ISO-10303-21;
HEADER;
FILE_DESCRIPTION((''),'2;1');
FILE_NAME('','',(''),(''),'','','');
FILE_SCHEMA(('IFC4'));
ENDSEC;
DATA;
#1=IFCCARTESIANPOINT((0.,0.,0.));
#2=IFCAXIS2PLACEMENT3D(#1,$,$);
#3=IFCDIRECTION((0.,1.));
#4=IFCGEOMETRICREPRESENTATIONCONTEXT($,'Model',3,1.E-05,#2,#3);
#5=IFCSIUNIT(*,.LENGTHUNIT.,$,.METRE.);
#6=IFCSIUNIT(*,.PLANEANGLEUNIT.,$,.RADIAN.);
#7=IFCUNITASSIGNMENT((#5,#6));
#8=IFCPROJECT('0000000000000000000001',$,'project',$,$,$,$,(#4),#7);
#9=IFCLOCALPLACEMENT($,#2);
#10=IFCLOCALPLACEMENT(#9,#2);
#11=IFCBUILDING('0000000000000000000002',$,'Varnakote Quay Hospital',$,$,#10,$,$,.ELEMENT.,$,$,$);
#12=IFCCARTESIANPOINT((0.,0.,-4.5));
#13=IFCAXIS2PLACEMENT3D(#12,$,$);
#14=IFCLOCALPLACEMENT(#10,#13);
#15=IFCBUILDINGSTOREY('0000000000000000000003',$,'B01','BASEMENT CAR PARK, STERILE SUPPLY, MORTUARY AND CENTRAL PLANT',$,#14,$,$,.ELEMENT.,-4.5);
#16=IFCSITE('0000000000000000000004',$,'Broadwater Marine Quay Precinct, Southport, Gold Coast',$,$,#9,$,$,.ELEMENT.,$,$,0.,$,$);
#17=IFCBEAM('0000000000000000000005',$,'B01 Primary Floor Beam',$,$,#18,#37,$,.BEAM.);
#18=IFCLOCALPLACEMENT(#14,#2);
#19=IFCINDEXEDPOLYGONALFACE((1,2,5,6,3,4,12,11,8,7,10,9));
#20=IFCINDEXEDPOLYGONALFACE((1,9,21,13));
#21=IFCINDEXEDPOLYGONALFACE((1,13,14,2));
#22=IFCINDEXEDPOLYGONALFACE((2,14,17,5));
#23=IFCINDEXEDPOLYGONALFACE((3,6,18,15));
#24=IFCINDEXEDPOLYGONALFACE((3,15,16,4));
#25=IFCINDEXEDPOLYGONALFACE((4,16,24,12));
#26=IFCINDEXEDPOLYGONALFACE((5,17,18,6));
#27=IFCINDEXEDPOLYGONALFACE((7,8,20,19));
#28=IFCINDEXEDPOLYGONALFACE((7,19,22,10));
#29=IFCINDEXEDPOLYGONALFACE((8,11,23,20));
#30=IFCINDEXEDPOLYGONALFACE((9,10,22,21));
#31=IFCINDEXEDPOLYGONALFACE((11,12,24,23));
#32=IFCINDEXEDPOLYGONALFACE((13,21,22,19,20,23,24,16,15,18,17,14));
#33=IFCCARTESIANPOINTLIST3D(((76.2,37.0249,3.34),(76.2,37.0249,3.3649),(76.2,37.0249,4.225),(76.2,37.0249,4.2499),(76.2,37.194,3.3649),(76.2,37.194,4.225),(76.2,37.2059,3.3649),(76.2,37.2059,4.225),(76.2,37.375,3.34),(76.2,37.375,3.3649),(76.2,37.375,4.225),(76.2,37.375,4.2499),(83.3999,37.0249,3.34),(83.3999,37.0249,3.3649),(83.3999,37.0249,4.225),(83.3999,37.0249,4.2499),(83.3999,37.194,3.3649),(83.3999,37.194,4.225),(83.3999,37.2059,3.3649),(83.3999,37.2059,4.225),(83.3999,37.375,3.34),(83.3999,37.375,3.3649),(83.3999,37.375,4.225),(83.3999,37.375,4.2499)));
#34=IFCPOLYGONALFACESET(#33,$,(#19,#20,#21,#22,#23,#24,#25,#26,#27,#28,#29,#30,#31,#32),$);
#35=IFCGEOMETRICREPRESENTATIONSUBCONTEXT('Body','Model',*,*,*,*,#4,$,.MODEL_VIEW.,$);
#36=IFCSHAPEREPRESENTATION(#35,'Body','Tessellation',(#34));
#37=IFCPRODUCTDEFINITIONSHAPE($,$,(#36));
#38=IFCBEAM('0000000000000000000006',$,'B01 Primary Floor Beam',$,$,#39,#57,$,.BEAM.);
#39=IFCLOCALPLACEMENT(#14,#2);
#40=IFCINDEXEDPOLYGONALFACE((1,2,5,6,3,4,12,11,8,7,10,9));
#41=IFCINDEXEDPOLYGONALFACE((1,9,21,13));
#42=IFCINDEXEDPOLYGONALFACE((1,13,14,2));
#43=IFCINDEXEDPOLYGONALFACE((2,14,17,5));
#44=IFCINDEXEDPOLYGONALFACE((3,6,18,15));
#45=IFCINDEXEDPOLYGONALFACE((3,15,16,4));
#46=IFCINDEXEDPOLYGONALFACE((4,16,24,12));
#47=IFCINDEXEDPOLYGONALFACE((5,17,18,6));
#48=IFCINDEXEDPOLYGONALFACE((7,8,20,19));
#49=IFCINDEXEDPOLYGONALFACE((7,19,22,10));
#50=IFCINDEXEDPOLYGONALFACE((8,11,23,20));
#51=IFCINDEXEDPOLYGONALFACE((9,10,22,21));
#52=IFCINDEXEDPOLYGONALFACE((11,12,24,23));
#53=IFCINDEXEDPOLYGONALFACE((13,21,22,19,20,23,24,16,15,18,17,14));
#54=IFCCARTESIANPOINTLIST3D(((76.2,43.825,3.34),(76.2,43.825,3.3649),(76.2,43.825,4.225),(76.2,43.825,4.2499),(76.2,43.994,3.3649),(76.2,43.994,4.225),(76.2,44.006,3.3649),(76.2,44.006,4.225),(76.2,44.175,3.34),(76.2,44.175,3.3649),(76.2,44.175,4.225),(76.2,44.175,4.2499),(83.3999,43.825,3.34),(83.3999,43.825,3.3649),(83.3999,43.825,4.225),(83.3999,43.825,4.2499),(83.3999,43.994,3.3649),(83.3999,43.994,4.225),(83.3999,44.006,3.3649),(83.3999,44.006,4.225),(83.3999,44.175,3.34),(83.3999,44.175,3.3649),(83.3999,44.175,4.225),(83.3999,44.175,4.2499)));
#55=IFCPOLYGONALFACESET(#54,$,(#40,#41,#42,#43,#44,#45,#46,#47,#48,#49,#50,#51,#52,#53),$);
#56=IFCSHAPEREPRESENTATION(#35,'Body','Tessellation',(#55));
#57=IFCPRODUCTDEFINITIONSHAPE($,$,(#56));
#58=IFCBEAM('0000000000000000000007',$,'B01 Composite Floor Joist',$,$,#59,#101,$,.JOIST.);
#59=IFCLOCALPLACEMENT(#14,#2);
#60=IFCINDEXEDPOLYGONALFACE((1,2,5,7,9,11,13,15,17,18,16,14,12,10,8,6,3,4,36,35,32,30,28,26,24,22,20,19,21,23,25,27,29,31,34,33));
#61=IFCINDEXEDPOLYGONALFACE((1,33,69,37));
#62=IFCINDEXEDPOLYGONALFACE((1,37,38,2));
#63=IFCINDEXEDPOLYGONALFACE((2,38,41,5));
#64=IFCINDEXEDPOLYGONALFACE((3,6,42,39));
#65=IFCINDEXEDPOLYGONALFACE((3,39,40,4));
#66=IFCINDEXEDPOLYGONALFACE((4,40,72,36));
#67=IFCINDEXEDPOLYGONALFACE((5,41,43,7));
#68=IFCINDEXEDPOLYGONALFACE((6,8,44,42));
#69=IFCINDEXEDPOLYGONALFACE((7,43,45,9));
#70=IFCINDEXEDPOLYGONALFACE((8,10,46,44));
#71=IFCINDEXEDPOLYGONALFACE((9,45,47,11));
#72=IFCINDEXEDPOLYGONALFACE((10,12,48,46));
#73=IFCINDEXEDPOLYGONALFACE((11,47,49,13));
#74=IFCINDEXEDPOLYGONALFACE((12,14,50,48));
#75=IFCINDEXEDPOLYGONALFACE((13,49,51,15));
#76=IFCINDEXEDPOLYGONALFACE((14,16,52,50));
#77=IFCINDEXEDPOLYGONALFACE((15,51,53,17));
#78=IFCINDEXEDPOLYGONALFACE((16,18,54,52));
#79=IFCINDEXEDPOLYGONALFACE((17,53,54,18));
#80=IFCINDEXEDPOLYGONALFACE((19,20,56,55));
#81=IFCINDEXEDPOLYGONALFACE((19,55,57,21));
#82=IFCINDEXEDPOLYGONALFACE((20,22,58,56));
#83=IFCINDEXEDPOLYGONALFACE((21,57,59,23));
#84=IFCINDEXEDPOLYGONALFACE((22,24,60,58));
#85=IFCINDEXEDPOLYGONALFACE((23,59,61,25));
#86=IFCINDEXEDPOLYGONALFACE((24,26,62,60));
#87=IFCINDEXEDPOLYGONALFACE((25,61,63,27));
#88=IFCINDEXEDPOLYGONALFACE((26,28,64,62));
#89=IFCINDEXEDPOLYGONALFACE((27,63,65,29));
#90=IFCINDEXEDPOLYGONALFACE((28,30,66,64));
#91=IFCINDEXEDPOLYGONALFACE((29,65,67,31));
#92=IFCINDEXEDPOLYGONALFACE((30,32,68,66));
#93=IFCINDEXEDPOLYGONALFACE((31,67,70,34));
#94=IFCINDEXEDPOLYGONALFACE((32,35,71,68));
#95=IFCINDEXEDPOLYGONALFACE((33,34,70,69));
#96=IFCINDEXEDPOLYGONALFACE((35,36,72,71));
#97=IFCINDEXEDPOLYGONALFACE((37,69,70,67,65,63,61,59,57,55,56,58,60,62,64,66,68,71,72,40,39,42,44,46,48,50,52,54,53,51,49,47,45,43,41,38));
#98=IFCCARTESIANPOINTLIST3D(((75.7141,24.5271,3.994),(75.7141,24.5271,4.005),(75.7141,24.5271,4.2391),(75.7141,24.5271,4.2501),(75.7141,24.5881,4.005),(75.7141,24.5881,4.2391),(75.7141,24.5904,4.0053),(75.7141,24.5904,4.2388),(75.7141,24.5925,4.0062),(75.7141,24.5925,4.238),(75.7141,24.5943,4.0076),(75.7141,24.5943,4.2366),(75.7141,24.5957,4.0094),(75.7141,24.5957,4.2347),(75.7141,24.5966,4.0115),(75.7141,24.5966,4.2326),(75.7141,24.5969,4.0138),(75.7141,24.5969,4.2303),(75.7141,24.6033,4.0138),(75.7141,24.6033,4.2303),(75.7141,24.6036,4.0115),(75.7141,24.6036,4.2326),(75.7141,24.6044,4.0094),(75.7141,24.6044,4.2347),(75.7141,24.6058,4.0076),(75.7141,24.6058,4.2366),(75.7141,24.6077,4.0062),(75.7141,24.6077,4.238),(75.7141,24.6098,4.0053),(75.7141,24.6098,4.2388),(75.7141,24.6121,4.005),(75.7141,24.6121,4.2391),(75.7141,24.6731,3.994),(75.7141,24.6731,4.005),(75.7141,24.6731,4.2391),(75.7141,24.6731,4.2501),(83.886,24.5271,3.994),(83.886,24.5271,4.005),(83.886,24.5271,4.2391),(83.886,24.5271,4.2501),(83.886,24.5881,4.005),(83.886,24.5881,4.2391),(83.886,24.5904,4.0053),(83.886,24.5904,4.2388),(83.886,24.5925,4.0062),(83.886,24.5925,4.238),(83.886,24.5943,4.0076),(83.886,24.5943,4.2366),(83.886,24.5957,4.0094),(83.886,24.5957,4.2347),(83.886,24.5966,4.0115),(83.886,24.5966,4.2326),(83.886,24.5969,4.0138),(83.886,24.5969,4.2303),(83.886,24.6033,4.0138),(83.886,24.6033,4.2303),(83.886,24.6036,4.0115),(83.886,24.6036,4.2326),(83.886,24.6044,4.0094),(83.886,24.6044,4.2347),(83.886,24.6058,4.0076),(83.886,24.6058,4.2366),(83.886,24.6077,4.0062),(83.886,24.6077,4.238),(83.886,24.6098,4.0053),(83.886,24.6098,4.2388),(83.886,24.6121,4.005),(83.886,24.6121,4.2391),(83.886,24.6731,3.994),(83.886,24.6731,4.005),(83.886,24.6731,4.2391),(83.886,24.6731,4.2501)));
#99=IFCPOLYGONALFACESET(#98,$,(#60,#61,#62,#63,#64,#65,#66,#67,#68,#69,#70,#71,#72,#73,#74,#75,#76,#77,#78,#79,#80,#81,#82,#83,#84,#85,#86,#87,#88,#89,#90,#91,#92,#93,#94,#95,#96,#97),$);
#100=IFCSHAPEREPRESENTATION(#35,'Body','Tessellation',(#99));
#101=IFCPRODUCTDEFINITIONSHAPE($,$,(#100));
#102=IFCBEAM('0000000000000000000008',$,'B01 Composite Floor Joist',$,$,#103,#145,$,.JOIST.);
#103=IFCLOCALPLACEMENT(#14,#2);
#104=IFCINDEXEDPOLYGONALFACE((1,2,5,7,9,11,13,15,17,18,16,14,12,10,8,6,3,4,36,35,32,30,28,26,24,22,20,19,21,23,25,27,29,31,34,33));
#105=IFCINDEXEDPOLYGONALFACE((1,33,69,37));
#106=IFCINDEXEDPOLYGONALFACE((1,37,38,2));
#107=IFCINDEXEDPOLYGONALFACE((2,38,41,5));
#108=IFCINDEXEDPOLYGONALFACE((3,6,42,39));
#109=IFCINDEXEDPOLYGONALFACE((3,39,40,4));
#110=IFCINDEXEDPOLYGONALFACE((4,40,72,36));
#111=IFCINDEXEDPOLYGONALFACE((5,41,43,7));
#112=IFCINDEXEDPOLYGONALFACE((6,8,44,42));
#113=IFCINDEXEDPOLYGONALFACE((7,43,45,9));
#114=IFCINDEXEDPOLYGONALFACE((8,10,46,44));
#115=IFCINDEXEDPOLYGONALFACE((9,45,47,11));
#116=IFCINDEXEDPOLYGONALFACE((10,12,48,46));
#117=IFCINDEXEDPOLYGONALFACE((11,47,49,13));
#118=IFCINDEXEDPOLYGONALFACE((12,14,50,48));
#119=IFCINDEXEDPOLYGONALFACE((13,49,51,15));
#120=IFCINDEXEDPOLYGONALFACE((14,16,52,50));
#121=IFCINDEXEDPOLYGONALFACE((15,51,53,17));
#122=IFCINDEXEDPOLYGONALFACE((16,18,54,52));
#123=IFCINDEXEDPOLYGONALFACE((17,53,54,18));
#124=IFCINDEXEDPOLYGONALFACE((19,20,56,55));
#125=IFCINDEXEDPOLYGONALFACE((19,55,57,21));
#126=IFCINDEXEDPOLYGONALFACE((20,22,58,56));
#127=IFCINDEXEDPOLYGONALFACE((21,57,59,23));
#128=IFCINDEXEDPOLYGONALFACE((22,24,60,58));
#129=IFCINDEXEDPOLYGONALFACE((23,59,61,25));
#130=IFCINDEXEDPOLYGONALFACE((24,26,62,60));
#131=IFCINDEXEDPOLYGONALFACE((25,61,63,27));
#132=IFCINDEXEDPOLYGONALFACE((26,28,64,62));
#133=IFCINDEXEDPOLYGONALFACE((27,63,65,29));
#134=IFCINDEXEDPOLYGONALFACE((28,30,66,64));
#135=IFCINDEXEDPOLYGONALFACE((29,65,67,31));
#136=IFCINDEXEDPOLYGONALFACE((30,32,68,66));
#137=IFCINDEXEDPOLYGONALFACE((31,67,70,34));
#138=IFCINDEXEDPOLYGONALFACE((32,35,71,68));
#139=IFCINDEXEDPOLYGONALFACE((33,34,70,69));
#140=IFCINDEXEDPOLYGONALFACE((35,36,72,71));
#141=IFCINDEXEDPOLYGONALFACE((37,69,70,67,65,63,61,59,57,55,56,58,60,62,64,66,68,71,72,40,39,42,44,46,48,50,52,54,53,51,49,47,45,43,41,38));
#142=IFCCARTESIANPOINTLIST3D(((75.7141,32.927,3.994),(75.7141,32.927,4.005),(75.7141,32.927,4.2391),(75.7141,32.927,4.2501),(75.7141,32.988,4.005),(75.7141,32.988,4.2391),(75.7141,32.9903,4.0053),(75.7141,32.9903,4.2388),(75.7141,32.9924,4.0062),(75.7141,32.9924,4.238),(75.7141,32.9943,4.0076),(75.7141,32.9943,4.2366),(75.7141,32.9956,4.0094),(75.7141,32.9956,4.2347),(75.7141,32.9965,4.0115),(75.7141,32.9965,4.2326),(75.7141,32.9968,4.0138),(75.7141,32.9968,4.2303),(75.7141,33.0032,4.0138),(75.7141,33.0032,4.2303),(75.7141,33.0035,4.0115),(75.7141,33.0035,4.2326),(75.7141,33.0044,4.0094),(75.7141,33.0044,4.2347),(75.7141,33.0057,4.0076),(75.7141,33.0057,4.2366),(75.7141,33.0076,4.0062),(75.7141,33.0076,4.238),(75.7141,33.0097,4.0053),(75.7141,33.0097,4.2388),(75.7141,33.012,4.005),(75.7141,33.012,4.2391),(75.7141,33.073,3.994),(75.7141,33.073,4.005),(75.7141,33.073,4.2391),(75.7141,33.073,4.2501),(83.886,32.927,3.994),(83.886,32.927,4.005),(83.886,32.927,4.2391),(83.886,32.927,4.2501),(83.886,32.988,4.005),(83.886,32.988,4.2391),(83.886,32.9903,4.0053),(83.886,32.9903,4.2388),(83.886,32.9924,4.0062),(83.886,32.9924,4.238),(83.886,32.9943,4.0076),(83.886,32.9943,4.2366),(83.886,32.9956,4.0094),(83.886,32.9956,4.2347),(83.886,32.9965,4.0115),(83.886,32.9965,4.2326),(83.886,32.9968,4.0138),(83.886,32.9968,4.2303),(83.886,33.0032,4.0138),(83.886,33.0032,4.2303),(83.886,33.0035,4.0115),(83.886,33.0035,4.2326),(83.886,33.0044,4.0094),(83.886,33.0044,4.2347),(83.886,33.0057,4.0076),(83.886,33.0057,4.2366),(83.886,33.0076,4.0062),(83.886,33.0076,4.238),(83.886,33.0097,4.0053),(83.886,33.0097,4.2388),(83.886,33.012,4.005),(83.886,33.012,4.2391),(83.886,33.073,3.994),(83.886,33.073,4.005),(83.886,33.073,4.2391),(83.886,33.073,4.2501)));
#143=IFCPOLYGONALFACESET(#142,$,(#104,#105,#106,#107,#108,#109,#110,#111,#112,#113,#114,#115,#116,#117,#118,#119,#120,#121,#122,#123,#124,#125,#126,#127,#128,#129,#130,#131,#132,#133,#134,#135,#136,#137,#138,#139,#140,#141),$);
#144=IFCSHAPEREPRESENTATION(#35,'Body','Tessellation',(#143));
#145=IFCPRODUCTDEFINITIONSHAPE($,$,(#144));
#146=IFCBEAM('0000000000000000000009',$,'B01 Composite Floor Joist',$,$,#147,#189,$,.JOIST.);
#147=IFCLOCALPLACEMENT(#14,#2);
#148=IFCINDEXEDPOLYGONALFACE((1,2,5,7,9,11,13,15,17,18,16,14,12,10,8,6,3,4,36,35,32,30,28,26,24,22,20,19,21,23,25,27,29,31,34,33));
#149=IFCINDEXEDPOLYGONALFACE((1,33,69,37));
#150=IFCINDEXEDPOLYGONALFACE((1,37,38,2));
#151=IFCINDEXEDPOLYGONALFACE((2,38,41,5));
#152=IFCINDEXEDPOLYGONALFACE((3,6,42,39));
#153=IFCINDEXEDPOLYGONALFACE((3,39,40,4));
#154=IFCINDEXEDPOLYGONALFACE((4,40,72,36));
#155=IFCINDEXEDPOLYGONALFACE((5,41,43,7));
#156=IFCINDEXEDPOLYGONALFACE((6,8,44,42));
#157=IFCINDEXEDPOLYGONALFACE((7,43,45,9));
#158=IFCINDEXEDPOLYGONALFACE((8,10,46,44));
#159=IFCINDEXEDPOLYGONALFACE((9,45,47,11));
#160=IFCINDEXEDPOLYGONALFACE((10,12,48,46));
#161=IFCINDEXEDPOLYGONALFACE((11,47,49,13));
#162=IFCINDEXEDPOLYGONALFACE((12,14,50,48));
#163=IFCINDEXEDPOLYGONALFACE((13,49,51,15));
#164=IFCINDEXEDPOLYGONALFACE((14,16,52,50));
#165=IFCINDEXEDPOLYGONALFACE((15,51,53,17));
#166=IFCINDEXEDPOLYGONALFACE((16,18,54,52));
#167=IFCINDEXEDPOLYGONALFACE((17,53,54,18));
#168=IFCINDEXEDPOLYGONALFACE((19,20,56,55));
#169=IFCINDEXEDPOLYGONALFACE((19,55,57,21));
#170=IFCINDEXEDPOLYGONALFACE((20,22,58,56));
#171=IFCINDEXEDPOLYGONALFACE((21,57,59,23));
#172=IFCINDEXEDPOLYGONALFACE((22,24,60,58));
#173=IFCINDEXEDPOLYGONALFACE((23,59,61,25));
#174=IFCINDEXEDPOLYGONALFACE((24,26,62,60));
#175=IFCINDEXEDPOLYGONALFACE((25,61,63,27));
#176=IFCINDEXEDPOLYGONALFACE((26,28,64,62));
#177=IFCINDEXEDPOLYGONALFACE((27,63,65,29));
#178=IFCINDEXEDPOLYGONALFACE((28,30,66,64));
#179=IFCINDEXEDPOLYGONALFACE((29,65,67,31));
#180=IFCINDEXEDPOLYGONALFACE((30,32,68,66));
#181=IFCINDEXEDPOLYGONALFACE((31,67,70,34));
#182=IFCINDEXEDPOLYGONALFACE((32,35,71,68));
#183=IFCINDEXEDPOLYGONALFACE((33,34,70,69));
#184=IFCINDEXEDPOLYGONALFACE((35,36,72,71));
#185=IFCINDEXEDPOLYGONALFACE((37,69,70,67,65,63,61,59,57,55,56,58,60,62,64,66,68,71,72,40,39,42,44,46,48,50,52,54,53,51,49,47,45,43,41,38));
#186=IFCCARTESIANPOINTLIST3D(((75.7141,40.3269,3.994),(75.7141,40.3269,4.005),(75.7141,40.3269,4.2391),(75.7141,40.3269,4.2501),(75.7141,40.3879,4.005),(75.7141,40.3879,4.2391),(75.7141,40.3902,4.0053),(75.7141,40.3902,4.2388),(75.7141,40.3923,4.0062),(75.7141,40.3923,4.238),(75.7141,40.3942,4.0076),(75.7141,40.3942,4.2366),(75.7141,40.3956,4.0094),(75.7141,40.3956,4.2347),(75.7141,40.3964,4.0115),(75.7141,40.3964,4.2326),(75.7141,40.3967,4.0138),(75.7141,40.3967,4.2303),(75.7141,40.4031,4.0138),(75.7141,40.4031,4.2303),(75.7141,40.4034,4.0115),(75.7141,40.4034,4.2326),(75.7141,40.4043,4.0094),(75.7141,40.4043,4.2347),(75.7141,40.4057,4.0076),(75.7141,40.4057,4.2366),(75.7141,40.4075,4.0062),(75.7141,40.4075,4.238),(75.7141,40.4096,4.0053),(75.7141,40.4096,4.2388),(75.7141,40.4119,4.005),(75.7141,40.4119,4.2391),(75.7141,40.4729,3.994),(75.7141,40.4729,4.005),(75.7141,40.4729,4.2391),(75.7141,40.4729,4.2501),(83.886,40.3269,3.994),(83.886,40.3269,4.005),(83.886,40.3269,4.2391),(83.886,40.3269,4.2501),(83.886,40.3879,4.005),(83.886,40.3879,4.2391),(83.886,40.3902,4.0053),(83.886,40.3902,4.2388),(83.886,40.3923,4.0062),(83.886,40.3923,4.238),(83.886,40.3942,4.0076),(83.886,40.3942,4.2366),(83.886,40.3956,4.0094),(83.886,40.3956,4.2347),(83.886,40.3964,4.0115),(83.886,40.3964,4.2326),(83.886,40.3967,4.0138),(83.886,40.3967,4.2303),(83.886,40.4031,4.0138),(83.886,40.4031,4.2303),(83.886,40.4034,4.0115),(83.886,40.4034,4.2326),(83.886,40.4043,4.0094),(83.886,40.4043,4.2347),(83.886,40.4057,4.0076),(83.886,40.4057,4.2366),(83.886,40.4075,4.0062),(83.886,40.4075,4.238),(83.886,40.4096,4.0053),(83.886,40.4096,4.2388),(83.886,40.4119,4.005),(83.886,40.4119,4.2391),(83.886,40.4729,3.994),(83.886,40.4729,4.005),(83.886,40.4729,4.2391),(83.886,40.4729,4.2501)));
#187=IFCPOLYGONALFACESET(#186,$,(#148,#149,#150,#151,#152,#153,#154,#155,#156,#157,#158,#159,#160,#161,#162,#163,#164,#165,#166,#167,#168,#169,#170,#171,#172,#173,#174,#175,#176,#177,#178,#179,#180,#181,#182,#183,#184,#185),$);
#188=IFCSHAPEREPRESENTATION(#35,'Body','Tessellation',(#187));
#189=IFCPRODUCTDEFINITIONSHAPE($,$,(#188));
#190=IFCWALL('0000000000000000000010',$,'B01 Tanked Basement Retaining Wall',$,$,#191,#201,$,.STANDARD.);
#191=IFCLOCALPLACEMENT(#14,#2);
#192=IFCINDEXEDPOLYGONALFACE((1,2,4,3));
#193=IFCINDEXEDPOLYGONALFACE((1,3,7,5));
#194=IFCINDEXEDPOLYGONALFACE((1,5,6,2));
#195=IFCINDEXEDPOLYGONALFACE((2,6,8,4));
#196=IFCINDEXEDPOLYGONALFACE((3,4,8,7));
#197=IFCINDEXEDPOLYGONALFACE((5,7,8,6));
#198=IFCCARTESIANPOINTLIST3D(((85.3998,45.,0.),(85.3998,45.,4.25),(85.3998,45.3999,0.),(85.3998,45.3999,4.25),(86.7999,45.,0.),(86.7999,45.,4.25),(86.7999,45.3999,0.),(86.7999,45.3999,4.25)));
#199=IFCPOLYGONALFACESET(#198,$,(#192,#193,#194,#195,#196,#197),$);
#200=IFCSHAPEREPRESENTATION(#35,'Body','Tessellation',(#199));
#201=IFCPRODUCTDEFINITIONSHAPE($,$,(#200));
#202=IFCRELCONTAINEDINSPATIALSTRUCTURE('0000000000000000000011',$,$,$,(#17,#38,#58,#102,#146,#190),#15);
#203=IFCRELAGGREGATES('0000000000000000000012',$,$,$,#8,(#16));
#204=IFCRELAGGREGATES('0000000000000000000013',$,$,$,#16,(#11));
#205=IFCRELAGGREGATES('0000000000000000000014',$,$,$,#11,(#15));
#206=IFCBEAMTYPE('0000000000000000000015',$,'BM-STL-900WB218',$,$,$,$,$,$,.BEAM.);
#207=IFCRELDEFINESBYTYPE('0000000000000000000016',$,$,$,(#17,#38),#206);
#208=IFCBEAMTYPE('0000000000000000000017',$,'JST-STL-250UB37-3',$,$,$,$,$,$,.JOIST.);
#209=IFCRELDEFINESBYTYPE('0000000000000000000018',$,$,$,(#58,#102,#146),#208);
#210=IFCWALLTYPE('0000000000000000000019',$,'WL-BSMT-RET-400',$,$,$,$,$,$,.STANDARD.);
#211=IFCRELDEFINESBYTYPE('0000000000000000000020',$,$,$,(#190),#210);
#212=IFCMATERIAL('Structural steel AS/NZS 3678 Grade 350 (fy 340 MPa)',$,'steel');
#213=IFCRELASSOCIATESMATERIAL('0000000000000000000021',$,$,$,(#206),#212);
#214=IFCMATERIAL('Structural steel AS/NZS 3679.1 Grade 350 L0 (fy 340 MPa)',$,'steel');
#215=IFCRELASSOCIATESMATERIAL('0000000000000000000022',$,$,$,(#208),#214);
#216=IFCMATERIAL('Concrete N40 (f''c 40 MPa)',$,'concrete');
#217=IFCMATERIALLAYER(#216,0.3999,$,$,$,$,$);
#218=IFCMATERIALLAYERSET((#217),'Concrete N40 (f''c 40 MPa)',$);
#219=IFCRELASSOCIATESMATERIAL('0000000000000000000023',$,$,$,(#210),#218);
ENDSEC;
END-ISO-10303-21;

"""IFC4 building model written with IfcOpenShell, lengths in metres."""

from ifc_helpers import new_model, si_unit, direction, frame, frame_2d, origin, origin_2d, place, context, subcontext, project, spatial, rectangle, i_section, extrude, material, layer, layer_set, material_profile, profile_set, type_object, element, save


model = new_model("IFC4")

# Units and contexts
model_context = context("Model", 3, precision=1e-05, world=origin(), true_north=direction((0.0, 1.0)))
body_context = subcontext(model_context, "Body", "Model", "MODEL_VIEW")
ifc_project = project(units=[si_unit("LENGTHUNIT", "METRE"), si_unit("PLANEANGLEUNIT", "RADIAN")], contexts=[model_context])

# Site, building, storey
site_placement = place(None, origin())
site = spatial("IfcSite", under=ifc_project, at=site_placement, Name="Broadwater Marine Quay Precinct, Southport, Gold Coast", CompositionType="ELEMENT", RefElevation=0.0)
building_placement = place(site_placement, origin())
building = spatial("IfcBuilding", under=site, at=building_placement, Name="Varnakote Quay Hospital", CompositionType="ELEMENT")
storey_placement = place(building_placement, frame((0.0, 0.0, -4.5)))
storey = spatial("IfcBuildingStorey", under=building, at=storey_placement, Name="B01", Description="BASEMENT CAR PARK, STERILE SUPPLY, MORTUARY AND CENTRAL PLANT", CompositionType="ELEMENT", Elevation=-4.5)

# Beams
ifc_material_1 = material(Name="Structural steel AS/NZS 3678 Grade 350 (fy 340 MPa)", Category="steel")
ifc_material_profile_1 = material_profile(ifc_material_1, i_section(OverallWidth=0.3501, OverallDepth=0.9099, WebThickness=0.012, FlangeThickness=0.0249, at=origin_2d()), Name="900WB218")
ifc_profile_set_1 = profile_set([ifc_material_profile_1], Name="Structural steel AS/NZS 3678 Grade 350 (fy 340 MPa)")
beam_type_1 = type_object("IfcBeamType", Name="BM-STL-900WB218", PredefinedType="BEAM", material=ifc_profile_set_1)
for number, where, z_axis, x_axis, name in (
    (1, (76.2, 37.2, 3.7949), (1.0, 0.0, 0.0), (0.0, 1.0, 0.0), "B01 Primary Floor Beam"),
    (2, (76.2, 44.0, 3.7949), (1.0, 0.0, 0.0), (0.0, 1.0, 0.0), "B01 Primary Floor Beam"),
):
    element("IfcBeam", number, at=place(storey_placement, frame(where, z_axis=z_axis, x_axis=x_axis)), inside=storey, type_object=beam_type_1, Name=name, PredefinedType="BEAM", context=body_context, shape_type="SweptSolid", body=[
        extrude(i_section(OverallWidth=0.3501, OverallDepth=0.9099, WebThickness=0.012, FlangeThickness=0.0249, at=origin_2d()), origin(), (0.0, 0.0, 1.0), 7.2),
    ])
ifc_material_2 = material(Name="Structural steel AS/NZS 3679.1 Grade 350 L0 (fy 340 MPa)", Category="steel")
ifc_material_profile_2 = material_profile(ifc_material_2, i_section(OverallWidth=0.146, OverallDepth=0.2561, WebThickness=0.0063, FlangeThickness=0.011, FilletRadius=0.0088, at=origin_2d()), Name="250UB37.3")
ifc_profile_set_2 = profile_set([ifc_material_profile_2], Name="Structural steel AS/NZS 3679.1 Grade 350 L0 (fy 340 MPa)")
beam_type_2 = type_object("IfcBeamType", Name="JST-STL-250UB37-3", PredefinedType="JOIST", material=ifc_profile_set_2)
for number, where, z_axis, x_axis, name in (
    (3, (75.7141, 24.6001, 4.1221), (1.0, 0.0, 0.0), (0.0, 1.0, 0.0), "B01 Composite Floor Joist"),
    (4, (75.7141, 33.0, 4.1221), (1.0, 0.0, 0.0), (0.0, 1.0, 0.0), "B01 Composite Floor Joist"),
    (5, (75.7141, 40.3999, 4.1221), (1.0, 0.0, 0.0), (0.0, 1.0, 0.0), "B01 Composite Floor Joist"),
):
    element("IfcBeam", number, at=place(storey_placement, frame(where, z_axis=z_axis, x_axis=x_axis)), inside=storey, type_object=beam_type_2, Name=name, PredefinedType="JOIST", context=body_context, shape_type="SweptSolid", body=[
        extrude(i_section(OverallWidth=0.146, OverallDepth=0.2561, WebThickness=0.0063, FlangeThickness=0.011, FilletRadius=0.0088, at=origin_2d()), origin(), (0.0, 0.0, 1.0), 8.1719),
    ])

# Wall
ifc_material_3 = material(Name="Concrete N40 (f'c 40 MPa)", Category="concrete")
ifc_layer = layer(ifc_material_3, 0.3999)
ifc_layer_set = layer_set([ifc_layer], Name="Concrete N40 (f'c 40 MPa)")
wall_type = type_object("IfcWallType", Name="WL-BSMT-RET-400", PredefinedType="STANDARD", material=ifc_layer_set)
for number, where, z_axis, x_axis, name in (
    (6, (86.8, 45.2, 0.0), (0.0, 0.0, 1.0), (-1.0, 0.0, 0.0), "B01 Tanked Basement Retaining Wall"),
):
    element("IfcWall", number, at=place(storey_placement, frame(where, z_axis=z_axis, x_axis=x_axis)), inside=storey, type_object=wall_type, Name=name, PredefinedType="STANDARD", context=body_context, shape_type="SweptSolid", body=[
        extrude(rectangle(XDim=1.4001, YDim=0.3999, at=frame_2d((0.7002, 0.0))), origin(), (0.0, 0.0, 1.0), 4.25),
    ])

save(model, "model.ifc")
